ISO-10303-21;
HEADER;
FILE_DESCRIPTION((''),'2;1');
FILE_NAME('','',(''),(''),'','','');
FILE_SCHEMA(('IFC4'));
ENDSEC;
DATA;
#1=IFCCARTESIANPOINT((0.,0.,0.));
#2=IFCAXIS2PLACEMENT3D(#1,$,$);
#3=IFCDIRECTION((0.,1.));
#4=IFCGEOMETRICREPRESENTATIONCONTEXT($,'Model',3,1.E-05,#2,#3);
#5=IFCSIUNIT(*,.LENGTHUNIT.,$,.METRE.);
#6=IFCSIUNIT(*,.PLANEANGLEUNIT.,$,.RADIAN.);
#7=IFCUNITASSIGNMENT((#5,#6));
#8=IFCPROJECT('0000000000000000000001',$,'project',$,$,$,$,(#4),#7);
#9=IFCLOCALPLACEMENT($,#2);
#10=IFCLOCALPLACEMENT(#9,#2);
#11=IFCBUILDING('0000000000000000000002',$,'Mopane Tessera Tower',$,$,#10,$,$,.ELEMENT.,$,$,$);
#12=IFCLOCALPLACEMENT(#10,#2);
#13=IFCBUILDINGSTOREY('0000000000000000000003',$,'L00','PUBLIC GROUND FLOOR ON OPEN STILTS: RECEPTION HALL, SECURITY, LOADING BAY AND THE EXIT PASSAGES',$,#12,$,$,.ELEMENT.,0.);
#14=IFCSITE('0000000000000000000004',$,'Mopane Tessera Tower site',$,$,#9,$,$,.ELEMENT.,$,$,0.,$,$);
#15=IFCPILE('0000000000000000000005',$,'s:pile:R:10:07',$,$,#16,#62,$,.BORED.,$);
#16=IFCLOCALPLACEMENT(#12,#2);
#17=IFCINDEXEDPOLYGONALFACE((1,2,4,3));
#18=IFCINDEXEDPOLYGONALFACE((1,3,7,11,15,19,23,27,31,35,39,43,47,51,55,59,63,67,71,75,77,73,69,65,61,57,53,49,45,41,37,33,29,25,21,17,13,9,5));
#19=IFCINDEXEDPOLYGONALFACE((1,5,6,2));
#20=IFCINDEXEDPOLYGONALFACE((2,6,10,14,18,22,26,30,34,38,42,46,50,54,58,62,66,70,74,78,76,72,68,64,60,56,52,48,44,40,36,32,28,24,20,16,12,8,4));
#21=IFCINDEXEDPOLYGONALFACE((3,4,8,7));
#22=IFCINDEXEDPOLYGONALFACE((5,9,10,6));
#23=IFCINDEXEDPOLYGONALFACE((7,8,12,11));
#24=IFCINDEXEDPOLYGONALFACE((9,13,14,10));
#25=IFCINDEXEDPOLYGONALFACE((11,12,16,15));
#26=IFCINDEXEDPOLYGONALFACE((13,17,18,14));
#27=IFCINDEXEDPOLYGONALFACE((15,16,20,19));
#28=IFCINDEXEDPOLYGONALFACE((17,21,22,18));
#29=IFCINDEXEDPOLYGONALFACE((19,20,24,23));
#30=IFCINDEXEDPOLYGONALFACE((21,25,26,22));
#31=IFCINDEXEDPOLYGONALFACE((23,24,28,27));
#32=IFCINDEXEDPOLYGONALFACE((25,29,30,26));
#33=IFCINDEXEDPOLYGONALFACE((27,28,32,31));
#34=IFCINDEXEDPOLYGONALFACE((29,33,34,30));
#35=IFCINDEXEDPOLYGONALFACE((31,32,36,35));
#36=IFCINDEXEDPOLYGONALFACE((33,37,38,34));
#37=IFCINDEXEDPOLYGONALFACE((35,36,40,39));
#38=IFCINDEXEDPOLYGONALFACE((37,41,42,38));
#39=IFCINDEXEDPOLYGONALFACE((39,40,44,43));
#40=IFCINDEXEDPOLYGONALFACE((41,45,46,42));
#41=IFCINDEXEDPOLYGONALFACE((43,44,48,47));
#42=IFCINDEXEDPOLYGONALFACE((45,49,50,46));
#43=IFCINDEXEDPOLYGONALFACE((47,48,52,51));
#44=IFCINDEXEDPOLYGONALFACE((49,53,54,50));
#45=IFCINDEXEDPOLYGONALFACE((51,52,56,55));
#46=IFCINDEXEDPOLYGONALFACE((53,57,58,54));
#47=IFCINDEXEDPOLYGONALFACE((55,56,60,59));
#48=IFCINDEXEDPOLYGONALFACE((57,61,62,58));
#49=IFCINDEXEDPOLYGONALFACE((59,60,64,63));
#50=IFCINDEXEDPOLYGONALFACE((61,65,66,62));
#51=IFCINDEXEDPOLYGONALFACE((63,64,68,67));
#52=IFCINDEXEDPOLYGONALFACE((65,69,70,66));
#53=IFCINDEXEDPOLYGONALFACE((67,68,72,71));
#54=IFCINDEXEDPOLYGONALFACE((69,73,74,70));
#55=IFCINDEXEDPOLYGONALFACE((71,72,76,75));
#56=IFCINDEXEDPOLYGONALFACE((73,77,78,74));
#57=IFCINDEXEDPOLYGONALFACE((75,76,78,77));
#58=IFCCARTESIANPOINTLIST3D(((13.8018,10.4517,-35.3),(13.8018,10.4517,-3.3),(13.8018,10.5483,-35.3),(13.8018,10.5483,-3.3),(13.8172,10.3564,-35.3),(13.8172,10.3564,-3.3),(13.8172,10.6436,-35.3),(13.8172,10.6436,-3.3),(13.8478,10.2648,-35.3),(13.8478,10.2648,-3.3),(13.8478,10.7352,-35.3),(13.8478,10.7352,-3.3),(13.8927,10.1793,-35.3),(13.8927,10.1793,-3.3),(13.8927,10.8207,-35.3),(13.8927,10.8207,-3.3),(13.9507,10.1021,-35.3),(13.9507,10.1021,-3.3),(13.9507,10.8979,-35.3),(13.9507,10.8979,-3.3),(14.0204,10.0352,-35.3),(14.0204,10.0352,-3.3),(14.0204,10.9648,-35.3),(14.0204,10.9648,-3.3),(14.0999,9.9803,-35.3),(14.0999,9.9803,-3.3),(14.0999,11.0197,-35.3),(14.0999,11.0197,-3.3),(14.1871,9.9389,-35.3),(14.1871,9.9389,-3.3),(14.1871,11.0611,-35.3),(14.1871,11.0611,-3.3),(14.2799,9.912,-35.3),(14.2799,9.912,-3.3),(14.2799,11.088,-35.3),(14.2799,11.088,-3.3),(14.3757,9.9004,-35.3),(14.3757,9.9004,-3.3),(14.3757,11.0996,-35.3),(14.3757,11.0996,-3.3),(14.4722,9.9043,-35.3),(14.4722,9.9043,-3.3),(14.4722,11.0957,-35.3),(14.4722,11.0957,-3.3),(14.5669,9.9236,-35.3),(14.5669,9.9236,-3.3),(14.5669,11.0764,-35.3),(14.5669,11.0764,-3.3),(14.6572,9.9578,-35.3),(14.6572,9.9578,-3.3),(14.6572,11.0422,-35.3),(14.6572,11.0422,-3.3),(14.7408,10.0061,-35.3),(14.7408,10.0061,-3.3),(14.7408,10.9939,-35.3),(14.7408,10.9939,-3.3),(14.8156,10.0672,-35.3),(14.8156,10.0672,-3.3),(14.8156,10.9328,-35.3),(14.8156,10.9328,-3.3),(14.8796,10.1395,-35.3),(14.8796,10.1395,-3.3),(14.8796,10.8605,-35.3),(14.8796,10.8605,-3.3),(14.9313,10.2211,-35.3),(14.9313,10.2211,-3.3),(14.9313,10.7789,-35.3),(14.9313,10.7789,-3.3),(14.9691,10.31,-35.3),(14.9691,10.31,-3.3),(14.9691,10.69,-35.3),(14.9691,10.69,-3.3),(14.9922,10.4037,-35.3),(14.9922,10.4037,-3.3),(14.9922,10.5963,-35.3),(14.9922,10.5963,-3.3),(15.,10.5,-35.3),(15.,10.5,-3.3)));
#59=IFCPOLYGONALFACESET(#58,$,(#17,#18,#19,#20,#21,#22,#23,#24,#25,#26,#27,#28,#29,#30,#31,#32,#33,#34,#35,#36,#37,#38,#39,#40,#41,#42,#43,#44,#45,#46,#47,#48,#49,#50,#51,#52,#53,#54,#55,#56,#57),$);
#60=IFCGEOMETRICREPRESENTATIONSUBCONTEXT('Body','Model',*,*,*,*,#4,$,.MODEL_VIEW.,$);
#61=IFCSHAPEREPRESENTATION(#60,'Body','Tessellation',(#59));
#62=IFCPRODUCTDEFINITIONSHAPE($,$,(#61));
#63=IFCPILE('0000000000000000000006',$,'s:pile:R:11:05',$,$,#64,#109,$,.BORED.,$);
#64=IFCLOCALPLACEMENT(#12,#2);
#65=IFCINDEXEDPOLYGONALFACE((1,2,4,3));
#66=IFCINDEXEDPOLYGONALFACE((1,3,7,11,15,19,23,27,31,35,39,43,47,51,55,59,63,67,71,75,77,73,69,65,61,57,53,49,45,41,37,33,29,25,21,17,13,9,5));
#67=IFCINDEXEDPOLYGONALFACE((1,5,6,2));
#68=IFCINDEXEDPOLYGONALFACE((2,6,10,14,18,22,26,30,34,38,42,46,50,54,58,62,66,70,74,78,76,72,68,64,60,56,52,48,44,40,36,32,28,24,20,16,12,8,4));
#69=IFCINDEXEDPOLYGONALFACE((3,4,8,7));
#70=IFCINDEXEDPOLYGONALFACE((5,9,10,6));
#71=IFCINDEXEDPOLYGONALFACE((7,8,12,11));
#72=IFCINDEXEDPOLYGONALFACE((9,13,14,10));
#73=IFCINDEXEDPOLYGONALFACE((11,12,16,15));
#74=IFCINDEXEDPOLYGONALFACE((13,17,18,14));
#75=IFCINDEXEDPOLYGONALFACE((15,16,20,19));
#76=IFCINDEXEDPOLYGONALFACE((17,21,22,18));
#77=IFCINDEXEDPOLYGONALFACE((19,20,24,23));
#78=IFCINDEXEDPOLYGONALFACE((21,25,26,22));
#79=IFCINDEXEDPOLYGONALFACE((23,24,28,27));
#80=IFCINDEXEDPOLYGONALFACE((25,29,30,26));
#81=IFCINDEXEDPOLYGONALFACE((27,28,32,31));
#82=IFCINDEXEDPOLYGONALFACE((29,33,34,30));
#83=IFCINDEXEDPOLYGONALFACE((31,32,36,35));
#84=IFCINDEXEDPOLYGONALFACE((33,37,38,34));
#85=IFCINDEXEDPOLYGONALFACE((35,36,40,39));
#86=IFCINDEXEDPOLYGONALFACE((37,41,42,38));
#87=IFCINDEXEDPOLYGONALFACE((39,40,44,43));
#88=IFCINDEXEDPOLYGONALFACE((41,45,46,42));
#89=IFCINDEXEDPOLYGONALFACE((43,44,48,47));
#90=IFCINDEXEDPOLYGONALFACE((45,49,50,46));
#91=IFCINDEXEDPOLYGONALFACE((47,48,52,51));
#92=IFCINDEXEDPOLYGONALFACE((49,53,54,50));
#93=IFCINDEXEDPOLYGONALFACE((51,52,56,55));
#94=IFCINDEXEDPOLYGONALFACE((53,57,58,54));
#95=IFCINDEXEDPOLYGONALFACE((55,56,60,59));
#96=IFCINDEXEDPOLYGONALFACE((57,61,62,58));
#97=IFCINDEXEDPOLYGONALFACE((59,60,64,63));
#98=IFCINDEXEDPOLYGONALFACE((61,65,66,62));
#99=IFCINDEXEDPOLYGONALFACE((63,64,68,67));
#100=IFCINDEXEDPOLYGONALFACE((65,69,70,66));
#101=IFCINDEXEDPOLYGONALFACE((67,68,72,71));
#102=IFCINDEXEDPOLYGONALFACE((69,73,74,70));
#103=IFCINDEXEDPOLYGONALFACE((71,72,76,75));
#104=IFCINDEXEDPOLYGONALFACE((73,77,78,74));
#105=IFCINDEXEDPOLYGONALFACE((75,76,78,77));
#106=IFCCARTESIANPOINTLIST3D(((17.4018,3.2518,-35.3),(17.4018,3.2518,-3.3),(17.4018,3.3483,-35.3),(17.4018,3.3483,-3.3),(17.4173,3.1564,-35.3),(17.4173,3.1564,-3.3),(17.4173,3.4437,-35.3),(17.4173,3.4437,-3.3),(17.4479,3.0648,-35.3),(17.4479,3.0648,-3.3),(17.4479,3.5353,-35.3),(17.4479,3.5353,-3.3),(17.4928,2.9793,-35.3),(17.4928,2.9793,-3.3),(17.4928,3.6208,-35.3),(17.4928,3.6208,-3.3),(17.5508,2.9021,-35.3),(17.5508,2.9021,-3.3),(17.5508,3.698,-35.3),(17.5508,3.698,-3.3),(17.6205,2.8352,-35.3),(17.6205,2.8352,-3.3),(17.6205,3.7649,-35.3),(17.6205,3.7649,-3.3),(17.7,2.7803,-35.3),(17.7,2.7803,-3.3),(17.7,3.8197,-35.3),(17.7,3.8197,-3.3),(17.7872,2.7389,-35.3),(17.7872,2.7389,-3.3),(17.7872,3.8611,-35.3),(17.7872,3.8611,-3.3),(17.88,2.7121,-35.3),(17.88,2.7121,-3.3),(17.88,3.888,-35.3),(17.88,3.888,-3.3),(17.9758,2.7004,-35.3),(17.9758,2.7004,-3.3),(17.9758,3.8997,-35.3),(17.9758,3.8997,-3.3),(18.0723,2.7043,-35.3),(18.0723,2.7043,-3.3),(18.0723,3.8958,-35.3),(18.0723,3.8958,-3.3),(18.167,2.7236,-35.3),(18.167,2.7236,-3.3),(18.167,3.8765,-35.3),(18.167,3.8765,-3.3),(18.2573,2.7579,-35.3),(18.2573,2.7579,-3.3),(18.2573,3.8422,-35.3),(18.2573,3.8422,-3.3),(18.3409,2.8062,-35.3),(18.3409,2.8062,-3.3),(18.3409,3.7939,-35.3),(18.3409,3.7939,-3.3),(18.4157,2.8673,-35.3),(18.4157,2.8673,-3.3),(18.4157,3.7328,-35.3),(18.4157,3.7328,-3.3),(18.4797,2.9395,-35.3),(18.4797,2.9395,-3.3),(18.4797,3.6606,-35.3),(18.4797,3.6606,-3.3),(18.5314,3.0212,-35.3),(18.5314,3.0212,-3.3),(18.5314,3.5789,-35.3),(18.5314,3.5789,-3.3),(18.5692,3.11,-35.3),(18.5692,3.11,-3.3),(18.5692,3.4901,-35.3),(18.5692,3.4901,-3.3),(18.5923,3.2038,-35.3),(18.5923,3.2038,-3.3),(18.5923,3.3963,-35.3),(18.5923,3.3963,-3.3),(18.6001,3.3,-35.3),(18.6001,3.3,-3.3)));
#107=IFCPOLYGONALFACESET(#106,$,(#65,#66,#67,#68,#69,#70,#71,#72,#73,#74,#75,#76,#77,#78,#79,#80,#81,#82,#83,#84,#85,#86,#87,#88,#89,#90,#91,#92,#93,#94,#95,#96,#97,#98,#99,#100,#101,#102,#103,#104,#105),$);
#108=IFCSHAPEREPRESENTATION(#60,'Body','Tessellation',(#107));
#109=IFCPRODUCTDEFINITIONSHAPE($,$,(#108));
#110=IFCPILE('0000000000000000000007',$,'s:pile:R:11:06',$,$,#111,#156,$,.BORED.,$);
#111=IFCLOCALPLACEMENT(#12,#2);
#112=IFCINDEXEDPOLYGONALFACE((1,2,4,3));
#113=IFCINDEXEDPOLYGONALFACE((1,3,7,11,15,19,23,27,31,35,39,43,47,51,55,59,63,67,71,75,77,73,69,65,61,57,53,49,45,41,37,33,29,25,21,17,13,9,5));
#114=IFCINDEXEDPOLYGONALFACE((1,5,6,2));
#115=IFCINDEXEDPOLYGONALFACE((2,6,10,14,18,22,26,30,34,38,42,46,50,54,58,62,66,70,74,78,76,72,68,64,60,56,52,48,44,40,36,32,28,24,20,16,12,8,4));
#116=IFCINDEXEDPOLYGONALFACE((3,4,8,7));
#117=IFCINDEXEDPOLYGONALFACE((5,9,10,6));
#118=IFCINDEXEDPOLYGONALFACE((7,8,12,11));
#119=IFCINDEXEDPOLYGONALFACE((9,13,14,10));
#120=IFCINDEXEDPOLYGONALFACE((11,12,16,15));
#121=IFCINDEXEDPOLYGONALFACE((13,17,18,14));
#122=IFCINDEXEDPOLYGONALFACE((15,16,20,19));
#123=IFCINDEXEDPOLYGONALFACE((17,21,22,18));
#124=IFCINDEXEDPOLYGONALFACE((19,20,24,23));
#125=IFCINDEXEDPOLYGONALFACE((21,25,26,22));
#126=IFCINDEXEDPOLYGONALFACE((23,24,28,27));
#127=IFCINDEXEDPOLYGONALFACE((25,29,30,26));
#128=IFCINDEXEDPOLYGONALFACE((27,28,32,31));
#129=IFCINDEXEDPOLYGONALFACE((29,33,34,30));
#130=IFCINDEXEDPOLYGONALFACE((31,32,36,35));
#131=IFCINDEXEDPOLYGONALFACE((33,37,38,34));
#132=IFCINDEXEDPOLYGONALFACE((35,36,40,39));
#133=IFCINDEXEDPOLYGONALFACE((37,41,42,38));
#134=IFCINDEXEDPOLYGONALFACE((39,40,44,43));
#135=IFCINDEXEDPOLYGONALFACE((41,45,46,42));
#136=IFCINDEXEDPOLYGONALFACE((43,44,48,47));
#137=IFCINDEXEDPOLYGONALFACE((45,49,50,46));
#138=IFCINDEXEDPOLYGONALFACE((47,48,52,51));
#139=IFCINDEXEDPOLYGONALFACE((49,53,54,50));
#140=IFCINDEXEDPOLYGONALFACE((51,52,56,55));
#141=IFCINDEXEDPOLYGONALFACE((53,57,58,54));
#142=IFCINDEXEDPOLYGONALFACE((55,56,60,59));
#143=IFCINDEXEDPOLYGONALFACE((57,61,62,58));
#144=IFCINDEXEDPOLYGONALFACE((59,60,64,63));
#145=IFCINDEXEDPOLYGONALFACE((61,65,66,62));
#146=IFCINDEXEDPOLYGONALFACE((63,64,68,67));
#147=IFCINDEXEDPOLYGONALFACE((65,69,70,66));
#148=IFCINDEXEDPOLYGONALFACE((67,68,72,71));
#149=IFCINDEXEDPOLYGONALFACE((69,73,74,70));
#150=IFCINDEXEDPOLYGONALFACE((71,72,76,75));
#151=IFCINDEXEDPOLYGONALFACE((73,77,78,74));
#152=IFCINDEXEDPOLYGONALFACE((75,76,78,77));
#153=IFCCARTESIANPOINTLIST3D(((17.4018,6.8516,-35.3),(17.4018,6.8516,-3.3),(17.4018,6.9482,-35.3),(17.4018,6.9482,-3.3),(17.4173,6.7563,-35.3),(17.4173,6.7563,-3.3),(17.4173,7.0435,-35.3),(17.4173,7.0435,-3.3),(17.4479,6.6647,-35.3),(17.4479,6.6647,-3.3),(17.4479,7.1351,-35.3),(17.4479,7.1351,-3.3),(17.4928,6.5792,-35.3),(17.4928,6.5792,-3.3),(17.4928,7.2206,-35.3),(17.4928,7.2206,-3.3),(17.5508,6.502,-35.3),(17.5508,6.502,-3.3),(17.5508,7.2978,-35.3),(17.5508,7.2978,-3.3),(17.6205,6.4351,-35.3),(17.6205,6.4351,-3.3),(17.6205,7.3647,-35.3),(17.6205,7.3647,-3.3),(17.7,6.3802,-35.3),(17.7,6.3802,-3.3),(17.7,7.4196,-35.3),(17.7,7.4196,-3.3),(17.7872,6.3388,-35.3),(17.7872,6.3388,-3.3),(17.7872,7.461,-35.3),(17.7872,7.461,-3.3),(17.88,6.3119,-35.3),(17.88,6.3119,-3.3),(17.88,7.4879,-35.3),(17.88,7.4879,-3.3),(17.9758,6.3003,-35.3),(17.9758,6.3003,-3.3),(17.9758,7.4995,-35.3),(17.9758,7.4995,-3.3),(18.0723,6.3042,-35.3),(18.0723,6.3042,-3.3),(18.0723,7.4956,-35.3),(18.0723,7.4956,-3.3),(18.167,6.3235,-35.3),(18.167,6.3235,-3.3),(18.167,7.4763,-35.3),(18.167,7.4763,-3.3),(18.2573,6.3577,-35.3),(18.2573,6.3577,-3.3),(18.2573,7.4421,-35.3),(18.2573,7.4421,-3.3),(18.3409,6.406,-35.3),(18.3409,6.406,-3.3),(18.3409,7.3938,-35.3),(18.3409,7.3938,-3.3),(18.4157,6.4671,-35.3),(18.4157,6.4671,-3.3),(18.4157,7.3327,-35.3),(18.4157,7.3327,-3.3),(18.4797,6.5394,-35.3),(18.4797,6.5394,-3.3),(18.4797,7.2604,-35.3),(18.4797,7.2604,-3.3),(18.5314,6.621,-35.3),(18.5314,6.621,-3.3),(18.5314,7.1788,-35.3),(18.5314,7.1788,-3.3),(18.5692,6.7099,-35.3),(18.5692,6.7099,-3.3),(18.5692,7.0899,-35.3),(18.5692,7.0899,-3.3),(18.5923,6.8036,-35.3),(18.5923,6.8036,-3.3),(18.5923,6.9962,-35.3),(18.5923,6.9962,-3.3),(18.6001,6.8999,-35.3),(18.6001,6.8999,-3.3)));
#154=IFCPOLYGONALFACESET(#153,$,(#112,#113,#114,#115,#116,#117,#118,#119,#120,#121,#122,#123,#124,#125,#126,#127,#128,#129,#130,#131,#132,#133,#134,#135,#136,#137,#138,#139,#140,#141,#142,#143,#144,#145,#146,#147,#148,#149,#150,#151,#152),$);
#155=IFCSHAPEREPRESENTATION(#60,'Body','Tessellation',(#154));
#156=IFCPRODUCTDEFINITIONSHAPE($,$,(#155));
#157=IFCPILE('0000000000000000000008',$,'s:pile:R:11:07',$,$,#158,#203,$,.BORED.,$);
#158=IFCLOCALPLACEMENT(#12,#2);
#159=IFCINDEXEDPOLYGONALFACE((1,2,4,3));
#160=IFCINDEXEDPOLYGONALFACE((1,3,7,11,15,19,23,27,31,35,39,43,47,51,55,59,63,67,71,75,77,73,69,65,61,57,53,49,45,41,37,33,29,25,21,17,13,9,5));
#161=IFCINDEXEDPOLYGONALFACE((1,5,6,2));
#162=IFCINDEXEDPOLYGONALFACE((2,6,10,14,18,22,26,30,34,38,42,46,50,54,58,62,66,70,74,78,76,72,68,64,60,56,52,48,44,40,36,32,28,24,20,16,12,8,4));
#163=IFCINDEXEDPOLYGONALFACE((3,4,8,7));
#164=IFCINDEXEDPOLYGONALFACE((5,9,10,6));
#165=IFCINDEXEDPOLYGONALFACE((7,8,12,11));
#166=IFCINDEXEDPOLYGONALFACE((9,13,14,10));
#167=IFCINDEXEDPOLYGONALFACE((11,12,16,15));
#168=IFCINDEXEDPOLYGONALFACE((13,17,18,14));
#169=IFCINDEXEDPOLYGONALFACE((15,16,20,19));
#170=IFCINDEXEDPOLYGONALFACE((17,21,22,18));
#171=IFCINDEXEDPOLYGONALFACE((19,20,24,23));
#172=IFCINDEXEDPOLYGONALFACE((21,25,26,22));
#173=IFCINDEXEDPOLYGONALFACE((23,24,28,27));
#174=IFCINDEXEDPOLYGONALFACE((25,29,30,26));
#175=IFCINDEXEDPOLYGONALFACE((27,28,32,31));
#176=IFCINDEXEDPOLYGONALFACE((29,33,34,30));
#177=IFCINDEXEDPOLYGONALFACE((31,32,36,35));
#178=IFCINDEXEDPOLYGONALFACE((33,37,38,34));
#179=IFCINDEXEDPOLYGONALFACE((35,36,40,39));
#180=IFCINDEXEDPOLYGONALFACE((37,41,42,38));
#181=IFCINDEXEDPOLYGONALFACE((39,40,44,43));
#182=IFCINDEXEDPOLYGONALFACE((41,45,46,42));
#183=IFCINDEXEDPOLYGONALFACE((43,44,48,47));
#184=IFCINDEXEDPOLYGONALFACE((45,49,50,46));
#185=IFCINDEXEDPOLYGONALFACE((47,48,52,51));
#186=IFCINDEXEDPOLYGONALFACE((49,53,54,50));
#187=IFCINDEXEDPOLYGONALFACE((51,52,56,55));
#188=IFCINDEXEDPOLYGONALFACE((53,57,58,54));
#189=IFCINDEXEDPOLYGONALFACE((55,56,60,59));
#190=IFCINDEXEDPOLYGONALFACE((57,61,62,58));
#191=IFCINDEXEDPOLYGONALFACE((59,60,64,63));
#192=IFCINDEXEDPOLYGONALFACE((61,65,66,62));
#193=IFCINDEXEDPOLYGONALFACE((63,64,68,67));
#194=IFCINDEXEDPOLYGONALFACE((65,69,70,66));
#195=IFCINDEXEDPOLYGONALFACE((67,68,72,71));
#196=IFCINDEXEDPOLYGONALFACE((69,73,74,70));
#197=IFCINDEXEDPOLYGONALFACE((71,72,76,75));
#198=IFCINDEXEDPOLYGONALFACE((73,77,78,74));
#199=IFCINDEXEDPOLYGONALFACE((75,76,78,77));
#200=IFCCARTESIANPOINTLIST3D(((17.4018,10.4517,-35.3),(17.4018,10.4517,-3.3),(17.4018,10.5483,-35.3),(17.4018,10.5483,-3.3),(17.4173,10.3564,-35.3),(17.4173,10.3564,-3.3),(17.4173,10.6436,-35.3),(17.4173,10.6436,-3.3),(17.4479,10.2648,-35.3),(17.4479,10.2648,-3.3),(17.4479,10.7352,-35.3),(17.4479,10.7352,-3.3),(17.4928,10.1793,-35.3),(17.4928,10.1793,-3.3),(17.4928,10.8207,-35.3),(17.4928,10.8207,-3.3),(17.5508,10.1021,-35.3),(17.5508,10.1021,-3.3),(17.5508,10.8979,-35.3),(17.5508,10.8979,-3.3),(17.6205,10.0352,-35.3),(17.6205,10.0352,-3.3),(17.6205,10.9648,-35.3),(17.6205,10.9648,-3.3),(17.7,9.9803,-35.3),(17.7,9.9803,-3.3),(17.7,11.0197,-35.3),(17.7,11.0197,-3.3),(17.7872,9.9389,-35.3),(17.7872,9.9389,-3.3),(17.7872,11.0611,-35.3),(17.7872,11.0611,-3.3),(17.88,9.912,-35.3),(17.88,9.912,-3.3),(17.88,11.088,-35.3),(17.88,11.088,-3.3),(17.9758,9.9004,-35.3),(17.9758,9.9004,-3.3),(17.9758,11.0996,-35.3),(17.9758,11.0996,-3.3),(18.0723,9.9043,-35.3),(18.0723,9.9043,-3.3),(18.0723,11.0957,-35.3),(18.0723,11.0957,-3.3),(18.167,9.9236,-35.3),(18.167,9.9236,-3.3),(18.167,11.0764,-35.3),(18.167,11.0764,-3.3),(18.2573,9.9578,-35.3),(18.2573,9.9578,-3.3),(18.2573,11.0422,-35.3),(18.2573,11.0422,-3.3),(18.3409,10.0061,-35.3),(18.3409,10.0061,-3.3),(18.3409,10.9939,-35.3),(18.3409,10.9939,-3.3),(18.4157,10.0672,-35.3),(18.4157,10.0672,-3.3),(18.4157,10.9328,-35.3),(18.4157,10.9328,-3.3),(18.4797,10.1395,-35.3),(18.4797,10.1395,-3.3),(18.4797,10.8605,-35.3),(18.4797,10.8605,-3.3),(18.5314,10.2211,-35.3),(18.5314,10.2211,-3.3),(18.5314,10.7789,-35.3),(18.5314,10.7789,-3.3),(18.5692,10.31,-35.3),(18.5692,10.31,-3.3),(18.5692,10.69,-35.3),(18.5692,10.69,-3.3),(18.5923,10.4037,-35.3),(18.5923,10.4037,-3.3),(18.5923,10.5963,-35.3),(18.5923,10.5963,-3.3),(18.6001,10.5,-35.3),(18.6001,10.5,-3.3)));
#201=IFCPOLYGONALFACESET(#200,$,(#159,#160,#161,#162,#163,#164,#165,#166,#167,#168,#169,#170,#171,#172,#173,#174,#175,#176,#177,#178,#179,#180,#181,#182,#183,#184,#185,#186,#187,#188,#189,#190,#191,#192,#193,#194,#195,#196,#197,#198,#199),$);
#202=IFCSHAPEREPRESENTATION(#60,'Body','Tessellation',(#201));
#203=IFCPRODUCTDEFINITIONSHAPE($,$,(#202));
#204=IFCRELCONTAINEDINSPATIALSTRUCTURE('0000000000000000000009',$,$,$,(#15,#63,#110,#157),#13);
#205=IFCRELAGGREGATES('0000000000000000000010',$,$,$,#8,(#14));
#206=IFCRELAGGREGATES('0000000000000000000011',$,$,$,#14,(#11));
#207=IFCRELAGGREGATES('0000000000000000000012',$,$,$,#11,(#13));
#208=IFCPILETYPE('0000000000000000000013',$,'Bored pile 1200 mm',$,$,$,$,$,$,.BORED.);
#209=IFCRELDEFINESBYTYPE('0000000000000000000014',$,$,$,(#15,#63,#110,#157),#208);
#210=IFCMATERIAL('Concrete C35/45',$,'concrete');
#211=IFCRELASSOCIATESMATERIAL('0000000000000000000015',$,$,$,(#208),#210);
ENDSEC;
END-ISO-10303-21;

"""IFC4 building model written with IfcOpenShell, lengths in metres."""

from ifc_helpers import new_model, si_unit, direction, frame, origin, origin_2d, place, context, subcontext, project, spatial, circle, extrude, material, material_profile, profile_set, type_object, element, save


model = new_model("IFC4")

# Units and contexts
model_context = context("Model", 3, precision=1e-05, world=origin(), true_north=direction((0.0, 1.0)))
body_context = subcontext(model_context, "Body", "Model", "MODEL_VIEW")
ifc_project = project(units=[si_unit("LENGTHUNIT", "METRE"), si_unit("PLANEANGLEUNIT", "RADIAN")], contexts=[model_context])

# Site, building, storey
site_placement = place(None, origin())
site = spatial("IfcSite", under=ifc_project, at=site_placement, Name="Mopane Tessera Tower site", CompositionType="ELEMENT", RefElevation=0.0)
building_placement = place(site_placement, origin())
building = spatial("IfcBuilding", under=site, at=building_placement, Name="Mopane Tessera Tower", CompositionType="ELEMENT")
storey_placement = place(building_placement, origin())
storey = spatial("IfcBuildingStorey", under=building, at=storey_placement, Name="L00", Description="PUBLIC GROUND FLOOR ON OPEN STILTS: RECEPTION HALL, SECURITY, LOADING BAY AND THE EXIT PASSAGES", CompositionType="ELEMENT", Elevation=0.0)

# Piles
ifc_material_1 = material(Name="Concrete C35/45", Category="concrete")
ifc_material_profile_1 = material_profile(ifc_material_1, circle(Radius=0.6001, at=origin_2d()))
ifc_profile_set_1 = profile_set([ifc_material_profile_1], Name="Concrete C35/45")
pile_type = type_object("IfcPileType", Name="Bored pile 1200 mm", PredefinedType="BORED", material=ifc_profile_set_1)
for number, where, z_axis, x_axis, name in (
    (1, (14.3999, 10.5, -3.3), (0.0, 0.0, -1.0), (1.0, 0.0, 0.0), "s:pile:R:10:07"),
    (2, (18.0, 3.3, -3.3), (0.0, 0.0, -1.0), (1.0, 0.0, 0.0), "s:pile:R:11:05"),
    (3, (18.0, 6.8999, -3.3), (0.0, 0.0, -1.0), (1.0, 0.0, 0.0), "s:pile:R:11:06"),
    (4, (18.0, 10.5, -3.3), (0.0, 0.0, -1.0), (1.0, 0.0, 0.0), "s:pile:R:11:07"),
):
    element("IfcPile", number, at=place(storey_placement, frame(where, z_axis=z_axis, x_axis=x_axis)), inside=storey, type_object=pile_type, Name=name, PredefinedType="BORED", context=body_context, shape_type="SweptSolid", body=[
        extrude(circle(Radius=0.6001, at=origin_2d()), origin(), (0.0, 0.0, 1.0), 32.0),
    ])

save(model, "model.ifc")
